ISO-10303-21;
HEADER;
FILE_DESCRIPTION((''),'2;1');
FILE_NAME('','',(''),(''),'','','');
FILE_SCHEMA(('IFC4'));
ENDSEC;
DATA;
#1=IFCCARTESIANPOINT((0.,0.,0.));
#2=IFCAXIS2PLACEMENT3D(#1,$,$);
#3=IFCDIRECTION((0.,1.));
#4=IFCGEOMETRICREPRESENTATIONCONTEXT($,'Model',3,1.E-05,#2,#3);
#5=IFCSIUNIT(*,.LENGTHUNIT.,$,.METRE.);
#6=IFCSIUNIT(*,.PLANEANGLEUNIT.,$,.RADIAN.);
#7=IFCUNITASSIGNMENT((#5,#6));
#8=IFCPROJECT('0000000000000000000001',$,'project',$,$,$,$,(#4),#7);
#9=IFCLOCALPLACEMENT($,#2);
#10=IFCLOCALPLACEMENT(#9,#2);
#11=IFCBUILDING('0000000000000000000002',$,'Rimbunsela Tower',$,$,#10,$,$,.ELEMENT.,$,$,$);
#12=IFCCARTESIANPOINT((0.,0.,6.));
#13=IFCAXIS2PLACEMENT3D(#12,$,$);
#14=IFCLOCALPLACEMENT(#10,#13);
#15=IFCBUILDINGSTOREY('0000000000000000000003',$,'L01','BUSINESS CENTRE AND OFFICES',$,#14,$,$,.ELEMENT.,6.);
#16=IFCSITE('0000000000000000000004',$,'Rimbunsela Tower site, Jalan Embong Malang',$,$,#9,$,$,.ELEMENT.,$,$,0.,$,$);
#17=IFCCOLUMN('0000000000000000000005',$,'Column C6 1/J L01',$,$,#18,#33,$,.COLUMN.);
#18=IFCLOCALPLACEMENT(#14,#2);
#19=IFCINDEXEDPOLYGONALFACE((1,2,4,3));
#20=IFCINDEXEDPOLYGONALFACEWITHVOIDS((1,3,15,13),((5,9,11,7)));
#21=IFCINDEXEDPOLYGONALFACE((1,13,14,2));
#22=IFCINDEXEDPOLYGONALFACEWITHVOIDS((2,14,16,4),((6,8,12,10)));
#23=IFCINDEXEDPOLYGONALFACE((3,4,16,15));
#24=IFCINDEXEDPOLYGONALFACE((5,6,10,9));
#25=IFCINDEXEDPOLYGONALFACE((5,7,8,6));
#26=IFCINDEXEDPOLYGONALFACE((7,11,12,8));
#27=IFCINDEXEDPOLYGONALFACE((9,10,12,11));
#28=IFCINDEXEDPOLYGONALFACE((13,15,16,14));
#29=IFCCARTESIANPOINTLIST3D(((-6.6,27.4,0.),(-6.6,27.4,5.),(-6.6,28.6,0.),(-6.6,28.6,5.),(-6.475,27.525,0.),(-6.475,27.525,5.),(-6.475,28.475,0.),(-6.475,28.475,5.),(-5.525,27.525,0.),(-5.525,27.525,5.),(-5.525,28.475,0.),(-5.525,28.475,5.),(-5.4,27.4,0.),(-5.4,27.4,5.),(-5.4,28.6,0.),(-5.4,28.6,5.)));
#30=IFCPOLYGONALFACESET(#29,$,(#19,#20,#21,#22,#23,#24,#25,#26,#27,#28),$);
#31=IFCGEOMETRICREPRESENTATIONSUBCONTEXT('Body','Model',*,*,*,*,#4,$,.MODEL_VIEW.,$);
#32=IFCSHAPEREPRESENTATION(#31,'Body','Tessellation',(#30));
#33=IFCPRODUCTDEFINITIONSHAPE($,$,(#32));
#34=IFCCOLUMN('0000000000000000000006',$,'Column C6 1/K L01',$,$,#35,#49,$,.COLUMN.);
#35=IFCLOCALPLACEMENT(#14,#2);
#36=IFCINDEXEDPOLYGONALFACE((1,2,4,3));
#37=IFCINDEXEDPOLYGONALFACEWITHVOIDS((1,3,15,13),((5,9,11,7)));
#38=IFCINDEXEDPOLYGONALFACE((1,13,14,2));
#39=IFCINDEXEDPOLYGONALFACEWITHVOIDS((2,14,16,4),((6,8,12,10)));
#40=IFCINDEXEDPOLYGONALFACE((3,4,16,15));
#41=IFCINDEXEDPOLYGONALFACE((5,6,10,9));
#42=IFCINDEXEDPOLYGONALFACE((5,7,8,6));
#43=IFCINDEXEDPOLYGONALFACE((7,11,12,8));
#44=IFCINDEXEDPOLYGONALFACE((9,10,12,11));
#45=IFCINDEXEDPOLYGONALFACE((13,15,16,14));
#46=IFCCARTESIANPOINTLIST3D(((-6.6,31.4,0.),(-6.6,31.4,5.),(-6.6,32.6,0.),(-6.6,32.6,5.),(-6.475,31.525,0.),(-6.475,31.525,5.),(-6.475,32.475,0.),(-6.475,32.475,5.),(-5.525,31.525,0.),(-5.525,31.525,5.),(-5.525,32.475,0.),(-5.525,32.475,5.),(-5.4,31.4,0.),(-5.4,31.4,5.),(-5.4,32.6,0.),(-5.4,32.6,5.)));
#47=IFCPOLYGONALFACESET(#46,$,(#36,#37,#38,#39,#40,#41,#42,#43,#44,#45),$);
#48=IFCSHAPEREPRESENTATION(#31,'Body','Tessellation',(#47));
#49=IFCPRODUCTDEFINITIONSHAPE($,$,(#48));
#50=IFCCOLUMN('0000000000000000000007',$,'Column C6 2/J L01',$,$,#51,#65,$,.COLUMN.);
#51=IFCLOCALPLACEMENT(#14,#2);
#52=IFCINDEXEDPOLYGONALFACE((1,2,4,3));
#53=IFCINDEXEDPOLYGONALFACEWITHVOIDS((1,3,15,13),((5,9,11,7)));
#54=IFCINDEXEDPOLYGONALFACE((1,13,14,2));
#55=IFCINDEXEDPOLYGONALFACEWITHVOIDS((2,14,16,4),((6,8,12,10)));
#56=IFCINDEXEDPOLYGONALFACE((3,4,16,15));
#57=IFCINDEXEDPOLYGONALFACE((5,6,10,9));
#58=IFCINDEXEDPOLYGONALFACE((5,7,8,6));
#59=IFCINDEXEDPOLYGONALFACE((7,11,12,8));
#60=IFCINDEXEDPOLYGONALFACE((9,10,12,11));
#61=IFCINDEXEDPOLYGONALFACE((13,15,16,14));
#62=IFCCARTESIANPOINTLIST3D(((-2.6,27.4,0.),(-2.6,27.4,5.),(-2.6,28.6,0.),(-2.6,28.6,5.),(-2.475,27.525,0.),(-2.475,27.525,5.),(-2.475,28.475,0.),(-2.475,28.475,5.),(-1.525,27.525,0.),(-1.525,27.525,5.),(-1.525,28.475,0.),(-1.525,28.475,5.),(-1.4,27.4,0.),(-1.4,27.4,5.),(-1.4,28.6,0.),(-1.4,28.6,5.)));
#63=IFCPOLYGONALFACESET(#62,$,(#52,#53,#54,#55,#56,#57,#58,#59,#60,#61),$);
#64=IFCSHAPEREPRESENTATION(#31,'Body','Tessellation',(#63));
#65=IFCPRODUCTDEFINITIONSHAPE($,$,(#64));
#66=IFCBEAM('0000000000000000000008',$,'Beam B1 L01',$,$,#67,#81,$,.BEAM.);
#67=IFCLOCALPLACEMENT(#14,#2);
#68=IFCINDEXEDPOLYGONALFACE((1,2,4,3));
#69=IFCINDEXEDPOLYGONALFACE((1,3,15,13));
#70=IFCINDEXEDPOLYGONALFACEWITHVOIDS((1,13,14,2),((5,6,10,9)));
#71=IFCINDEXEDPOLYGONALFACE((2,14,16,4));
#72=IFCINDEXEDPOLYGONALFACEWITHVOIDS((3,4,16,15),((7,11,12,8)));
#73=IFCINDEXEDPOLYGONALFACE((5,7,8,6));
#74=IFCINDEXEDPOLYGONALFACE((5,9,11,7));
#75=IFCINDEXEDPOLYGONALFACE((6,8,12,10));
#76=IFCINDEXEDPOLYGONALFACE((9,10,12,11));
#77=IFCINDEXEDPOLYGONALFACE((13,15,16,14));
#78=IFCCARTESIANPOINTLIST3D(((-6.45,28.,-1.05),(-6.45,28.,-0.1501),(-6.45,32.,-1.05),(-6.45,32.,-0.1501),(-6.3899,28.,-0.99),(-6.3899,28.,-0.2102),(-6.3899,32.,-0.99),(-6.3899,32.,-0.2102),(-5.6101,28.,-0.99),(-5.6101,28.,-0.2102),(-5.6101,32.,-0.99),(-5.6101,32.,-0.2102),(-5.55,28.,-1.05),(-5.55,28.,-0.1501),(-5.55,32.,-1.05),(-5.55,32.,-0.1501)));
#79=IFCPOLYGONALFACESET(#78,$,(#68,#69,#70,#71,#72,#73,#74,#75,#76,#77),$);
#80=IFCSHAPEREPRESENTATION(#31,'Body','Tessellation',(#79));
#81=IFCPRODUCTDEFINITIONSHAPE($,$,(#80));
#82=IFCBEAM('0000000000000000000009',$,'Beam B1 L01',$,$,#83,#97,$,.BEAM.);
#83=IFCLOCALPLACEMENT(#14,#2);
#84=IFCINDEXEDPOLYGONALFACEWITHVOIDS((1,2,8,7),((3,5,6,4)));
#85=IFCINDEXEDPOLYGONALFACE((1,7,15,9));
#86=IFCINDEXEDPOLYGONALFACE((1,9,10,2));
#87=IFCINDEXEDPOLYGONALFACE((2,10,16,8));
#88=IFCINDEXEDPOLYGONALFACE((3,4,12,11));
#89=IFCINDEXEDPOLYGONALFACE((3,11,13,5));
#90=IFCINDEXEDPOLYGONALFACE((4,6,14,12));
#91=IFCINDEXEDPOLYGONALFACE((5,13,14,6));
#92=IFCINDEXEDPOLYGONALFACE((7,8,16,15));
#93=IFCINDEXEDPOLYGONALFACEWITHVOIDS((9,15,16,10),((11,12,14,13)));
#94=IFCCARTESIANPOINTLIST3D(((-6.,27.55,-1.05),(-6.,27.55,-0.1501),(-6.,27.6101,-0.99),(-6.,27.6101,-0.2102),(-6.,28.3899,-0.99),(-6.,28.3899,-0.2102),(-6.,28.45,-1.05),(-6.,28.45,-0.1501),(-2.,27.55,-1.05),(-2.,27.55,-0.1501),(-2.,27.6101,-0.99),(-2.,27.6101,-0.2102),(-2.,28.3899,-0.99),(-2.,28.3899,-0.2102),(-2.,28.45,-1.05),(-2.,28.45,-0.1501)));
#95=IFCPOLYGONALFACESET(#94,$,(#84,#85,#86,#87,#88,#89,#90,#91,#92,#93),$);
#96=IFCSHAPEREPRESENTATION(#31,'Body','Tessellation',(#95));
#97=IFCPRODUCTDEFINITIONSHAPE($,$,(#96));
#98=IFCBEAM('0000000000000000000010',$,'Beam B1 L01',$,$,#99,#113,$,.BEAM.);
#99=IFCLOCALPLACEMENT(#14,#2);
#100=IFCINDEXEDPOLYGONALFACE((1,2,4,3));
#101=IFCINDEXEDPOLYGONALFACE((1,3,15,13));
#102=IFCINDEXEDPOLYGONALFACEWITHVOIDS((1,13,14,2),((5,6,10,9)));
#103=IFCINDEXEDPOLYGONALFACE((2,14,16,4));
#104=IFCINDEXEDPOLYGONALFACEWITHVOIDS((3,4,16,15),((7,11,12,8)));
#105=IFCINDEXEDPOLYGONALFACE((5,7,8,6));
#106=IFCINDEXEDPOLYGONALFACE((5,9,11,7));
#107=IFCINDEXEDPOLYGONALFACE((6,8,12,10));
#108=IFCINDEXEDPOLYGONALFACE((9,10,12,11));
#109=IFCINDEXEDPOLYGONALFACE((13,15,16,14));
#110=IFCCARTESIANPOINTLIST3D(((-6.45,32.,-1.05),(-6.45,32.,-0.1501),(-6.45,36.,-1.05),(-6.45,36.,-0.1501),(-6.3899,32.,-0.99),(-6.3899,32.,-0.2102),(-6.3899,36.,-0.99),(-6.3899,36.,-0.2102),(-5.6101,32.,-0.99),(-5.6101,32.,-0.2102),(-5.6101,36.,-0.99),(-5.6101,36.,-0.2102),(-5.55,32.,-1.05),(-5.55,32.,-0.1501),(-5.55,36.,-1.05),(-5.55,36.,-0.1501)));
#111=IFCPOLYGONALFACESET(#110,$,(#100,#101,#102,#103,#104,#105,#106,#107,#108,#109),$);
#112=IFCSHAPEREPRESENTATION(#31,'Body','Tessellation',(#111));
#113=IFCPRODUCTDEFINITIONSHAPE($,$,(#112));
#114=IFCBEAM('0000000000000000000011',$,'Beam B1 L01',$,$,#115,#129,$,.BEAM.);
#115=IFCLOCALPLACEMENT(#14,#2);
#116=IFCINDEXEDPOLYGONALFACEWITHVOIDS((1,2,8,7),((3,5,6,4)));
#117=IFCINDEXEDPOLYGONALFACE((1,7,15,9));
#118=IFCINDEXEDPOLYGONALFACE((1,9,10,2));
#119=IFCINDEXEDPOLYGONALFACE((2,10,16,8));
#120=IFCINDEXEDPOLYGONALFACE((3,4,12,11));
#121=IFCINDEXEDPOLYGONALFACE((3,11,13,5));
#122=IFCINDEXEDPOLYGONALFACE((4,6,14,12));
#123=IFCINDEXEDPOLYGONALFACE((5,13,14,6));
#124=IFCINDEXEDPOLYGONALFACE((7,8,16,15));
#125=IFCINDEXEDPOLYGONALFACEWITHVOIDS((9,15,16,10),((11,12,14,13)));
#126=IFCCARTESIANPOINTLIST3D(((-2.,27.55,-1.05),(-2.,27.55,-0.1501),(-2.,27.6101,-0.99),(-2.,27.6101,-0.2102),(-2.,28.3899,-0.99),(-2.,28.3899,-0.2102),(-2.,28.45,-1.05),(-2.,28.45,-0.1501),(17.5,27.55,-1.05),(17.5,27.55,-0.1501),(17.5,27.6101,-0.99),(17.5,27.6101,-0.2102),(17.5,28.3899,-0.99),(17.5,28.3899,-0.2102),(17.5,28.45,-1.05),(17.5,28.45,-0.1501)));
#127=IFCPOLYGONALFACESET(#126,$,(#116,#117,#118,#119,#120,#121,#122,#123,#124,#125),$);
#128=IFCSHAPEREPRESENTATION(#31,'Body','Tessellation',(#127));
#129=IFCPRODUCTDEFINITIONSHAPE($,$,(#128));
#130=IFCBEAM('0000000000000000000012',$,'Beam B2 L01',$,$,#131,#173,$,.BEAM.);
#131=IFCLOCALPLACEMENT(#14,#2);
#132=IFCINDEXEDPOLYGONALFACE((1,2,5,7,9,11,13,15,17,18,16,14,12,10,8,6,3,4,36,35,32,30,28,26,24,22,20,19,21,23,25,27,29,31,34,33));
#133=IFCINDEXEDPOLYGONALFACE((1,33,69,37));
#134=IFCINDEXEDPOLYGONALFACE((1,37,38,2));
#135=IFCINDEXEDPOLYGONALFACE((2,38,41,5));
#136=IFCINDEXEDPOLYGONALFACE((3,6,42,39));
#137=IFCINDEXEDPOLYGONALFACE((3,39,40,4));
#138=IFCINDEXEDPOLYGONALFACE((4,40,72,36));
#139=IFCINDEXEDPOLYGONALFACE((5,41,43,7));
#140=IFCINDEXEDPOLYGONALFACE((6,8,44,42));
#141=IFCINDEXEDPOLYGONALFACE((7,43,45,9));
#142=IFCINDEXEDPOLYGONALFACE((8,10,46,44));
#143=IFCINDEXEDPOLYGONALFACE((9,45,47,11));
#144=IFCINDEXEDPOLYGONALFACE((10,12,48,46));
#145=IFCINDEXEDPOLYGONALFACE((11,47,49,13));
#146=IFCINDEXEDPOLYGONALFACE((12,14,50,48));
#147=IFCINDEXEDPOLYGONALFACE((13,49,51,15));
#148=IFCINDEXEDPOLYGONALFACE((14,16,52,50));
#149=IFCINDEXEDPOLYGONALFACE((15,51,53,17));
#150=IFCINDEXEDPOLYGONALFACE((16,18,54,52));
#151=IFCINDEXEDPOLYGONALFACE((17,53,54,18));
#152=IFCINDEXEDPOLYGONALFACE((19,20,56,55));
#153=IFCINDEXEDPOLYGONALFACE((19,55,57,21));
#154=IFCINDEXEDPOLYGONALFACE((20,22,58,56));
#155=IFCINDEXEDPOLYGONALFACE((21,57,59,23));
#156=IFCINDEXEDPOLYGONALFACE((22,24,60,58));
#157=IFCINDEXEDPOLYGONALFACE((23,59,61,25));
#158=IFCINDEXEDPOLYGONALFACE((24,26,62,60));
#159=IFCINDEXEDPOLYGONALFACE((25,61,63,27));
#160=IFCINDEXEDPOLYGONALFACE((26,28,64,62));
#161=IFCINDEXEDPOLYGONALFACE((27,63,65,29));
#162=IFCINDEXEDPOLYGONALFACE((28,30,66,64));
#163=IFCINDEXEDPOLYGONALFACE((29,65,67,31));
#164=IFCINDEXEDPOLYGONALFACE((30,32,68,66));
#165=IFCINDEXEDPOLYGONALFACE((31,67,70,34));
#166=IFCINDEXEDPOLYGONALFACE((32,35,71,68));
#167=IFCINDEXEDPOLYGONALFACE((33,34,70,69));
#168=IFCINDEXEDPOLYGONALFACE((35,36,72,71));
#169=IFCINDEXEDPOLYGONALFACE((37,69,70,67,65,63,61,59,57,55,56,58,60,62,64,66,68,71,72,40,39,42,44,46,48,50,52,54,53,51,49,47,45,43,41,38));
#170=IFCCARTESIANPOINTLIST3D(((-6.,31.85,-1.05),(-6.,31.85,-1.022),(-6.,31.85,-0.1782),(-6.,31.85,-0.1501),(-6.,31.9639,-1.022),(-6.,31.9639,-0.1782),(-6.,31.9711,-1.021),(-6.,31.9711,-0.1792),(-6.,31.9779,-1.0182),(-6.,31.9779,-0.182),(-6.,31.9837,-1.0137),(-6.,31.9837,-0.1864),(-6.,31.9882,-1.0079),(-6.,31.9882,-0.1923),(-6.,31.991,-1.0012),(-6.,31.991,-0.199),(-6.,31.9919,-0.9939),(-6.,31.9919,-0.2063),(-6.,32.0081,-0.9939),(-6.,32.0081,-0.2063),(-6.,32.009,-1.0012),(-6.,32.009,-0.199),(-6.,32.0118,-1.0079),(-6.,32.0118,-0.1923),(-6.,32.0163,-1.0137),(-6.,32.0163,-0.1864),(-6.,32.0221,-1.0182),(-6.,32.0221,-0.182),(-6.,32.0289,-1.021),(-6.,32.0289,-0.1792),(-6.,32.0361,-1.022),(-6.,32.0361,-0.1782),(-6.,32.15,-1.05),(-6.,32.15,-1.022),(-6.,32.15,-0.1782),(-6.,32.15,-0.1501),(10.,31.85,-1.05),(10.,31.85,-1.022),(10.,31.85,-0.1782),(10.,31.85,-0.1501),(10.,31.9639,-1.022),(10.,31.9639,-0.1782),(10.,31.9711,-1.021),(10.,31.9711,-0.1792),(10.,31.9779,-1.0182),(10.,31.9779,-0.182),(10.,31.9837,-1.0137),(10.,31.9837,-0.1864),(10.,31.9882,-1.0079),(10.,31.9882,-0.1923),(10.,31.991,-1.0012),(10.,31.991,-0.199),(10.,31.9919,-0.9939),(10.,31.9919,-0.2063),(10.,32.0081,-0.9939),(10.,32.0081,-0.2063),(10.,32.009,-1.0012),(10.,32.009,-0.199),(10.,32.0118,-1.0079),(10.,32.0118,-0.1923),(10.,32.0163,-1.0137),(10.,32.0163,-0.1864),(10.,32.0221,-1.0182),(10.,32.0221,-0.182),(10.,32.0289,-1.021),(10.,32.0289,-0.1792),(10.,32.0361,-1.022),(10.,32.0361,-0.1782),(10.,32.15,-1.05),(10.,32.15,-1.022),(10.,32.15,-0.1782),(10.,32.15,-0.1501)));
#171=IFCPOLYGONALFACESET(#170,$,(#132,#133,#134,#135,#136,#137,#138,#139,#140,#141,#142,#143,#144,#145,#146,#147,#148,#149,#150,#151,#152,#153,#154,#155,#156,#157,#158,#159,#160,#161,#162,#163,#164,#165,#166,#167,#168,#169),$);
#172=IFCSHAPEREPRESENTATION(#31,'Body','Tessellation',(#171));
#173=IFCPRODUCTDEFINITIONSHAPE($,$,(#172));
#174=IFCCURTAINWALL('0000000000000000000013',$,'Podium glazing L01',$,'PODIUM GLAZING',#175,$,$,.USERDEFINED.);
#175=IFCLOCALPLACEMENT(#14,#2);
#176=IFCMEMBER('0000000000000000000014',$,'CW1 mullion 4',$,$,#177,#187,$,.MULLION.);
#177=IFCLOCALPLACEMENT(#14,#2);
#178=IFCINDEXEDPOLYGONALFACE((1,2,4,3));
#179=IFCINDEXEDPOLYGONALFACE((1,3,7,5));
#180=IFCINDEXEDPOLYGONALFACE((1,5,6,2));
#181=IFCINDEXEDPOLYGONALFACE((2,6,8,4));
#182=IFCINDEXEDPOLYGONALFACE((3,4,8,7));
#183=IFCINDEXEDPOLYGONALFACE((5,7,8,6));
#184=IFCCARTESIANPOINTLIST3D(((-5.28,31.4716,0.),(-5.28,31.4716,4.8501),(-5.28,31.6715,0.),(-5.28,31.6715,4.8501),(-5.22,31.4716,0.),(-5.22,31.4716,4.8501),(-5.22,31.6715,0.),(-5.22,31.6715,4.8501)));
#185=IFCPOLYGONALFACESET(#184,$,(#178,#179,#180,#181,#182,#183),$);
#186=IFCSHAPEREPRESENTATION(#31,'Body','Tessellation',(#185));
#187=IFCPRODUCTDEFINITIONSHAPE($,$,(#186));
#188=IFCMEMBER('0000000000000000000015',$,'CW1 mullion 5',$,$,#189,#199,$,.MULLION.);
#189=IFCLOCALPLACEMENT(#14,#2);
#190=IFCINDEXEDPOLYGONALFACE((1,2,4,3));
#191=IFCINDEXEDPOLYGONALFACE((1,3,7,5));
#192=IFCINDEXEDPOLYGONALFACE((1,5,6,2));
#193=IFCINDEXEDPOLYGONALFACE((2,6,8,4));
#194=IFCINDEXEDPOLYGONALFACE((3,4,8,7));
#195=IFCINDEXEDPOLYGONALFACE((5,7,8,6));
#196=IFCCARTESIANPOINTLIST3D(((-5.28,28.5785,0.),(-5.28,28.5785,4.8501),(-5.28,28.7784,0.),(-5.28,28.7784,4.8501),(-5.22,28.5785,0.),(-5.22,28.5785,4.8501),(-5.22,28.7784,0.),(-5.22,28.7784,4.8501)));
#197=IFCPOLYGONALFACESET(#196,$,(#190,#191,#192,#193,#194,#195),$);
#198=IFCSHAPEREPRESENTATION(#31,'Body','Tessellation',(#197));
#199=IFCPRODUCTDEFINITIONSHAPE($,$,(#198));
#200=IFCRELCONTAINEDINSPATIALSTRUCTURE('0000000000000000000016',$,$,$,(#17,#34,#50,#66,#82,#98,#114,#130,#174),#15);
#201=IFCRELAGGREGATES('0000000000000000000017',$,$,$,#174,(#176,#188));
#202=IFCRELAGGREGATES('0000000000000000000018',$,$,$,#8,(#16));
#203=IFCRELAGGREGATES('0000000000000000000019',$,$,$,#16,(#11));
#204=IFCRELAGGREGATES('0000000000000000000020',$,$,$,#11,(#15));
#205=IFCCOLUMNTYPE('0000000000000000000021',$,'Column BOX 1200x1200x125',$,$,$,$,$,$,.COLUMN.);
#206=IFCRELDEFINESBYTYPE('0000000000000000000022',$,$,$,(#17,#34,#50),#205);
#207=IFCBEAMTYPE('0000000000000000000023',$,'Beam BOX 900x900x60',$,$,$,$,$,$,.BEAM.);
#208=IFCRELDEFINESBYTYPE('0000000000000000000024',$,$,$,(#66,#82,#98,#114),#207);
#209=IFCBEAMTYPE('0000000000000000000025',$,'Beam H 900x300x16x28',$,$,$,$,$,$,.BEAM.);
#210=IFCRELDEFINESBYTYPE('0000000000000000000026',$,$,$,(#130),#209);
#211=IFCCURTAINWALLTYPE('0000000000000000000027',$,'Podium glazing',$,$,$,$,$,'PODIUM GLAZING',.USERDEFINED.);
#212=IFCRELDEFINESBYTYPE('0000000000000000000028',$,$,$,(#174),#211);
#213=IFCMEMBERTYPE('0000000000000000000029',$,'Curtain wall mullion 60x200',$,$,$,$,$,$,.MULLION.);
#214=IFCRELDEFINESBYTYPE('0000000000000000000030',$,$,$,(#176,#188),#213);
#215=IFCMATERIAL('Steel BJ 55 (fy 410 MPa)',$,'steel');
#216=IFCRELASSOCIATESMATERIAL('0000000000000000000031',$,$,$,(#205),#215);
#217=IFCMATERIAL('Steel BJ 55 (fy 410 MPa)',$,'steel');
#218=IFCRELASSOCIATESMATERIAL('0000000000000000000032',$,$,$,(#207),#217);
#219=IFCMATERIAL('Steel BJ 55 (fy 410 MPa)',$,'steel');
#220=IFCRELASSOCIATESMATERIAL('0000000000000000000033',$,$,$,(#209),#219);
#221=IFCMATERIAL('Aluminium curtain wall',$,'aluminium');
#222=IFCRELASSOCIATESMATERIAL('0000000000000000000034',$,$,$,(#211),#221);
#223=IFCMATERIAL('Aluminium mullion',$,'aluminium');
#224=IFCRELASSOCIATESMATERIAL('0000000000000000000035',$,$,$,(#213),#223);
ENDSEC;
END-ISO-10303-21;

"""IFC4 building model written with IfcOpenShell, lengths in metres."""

from ifc_helpers import new_model, si_unit, direction, frame, origin, origin_2d, place, context, subcontext, project, spatial, rectangle, hollow_rectangle, i_section, extrude, material, material_profile, profile_set, type_object, element, aggregate, save


model = new_model("IFC4")

# Units and contexts
model_context = context("Model", 3, precision=1e-05, world=origin(), true_north=direction((0.0, 1.0)))
body_context = subcontext(model_context, "Body", "Model", "MODEL_VIEW")
ifc_project = project(units=[si_unit("LENGTHUNIT", "METRE"), si_unit("PLANEANGLEUNIT", "RADIAN")], contexts=[model_context])

# Site, building, storey
site_placement = place(None, origin())
site = spatial("IfcSite", under=ifc_project, at=site_placement, Name="Rimbunsela Tower site, Jalan Embong Malang", CompositionType="ELEMENT", RefElevation=0.0)
building_placement = place(site_placement, origin())
building = spatial("IfcBuilding", under=site, at=building_placement, Name="Rimbunsela Tower", CompositionType="ELEMENT")
storey_placement = place(building_placement, frame((0.0, 0.0, 6.0)))
storey = spatial("IfcBuildingStorey", under=building, at=storey_placement, Name="L01", Description="BUSINESS CENTRE AND OFFICES", CompositionType="ELEMENT", Elevation=6.0)

# Columns
ifc_material_1 = material(Name="Steel BJ 55 (fy 410 MPa)", Category="steel")
ifc_material_profile_1 = material_profile(ifc_material_1, hollow_rectangle(XDim=1.2, YDim=1.2, WallThickness=0.125, at=origin_2d()), Name="BOX 1200x1200x125")
ifc_profile_set_1 = profile_set([ifc_material_profile_1], Name="Steel BJ 55 (fy 410 MPa)")
column_type = type_object("IfcColumnType", Name="Column BOX 1200x1200x125", PredefinedType="COLUMN", material=ifc_profile_set_1)
for number, where, z_axis, x_axis, name in (
    (1, (-6.0, 28.0, 0.0), (0.0, 0.0, 1.0), (1.0, 0.0, 0.0), "Column C6 1/J L01"),
    (2, (-6.0, 32.0, 0.0), (0.0, 0.0, 1.0), (1.0, 0.0, 0.0), "Column C6 1/K L01"),
    (3, (-2.0, 28.0, 0.0), (0.0, 0.0, 1.0), (1.0, 0.0, 0.0), "Column C6 2/J L01"),
):
    element("IfcColumn", number, at=place(storey_placement, frame(where, z_axis=z_axis, x_axis=x_axis)), inside=storey, type_object=column_type, Name=name, PredefinedType="COLUMN", context=body_context, shape_type="SweptSolid", body=[
        extrude(hollow_rectangle(XDim=1.2, YDim=1.2, WallThickness=0.125, at=origin_2d()), origin(), (0.0, 0.0, 1.0), 5.0),
    ])

# Beams
ifc_material_2 = material(Name="Steel BJ 55 (fy 410 MPa)", Category="steel")
ifc_material_profile_2 = material_profile(ifc_material_2, hollow_rectangle(XDim=0.8999, YDim=0.8999, WallThickness=0.0601, at=origin_2d()), Name="BOX 900x900x60")
ifc_profile_set_2 = profile_set([ifc_material_profile_2], Name="Steel BJ 55 (fy 410 MPa)")
beam_type_1 = type_object("IfcBeamType", Name="Beam BOX 900x900x60", PredefinedType="BEAM", material=ifc_profile_set_2)
for number, where, z_axis, x_axis, name in (
    (4, (-6.0, 28.0, -0.6001), (0.0, 1.0, 0.0), (-1.0, 0.0, 0.0), "Beam B1 L01"),
    (5, (-6.0, 28.0, -0.6001), (1.0, 0.0, 0.0), (0.0, 1.0, 0.0), "Beam B1 L01"),
    (6, (-6.0, 32.0, -0.6001), (0.0, 1.0, 0.0), (-1.0, 0.0, 0.0), "Beam B1 L01"),
):
    element("IfcBeam", number, at=place(storey_placement, frame(where, z_axis=z_axis, x_axis=x_axis)), inside=storey, type_object=beam_type_1, Name=name, PredefinedType="BEAM", context=body_context, shape_type="SweptSolid", body=[
        extrude(hollow_rectangle(XDim=0.8999, YDim=0.8999, WallThickness=0.0601, at=origin_2d()), origin(), (0.0, 0.0, 1.0), 4.0),
    ])
beam_1_placement = place(storey_placement, frame((-2.0, 28.0, -0.6001), z_axis=(1.0, 0.0, 0.0), x_axis=(0.0, 1.0, 0.0)))
element("IfcBeam", 7, at=beam_1_placement, inside=storey, type_object=beam_type_1, Name="Beam B1 L01", PredefinedType="BEAM", context=body_context, shape_type="SweptSolid", body=[
    extrude(hollow_rectangle(XDim=0.8999, YDim=0.8999, WallThickness=0.0601, at=origin_2d()), origin(), (0.0, 0.0, 1.0), 19.5),
])
ifc_material_3 = material(Name="Steel BJ 55 (fy 410 MPa)", Category="steel")
ifc_material_profile_3 = material_profile(ifc_material_3, i_section(OverallWidth=0.3, OverallDepth=0.8999, WebThickness=0.0161, FlangeThickness=0.0281, FilletRadius=0.0281, at=origin_2d()), Name="H 900x300x16x28")
ifc_profile_set_3 = profile_set([ifc_material_profile_3], Name="Steel BJ 55 (fy 410 MPa)")
beam_type_2 = type_object("IfcBeamType", Name="Beam H 900x300x16x28", PredefinedType="BEAM", material=ifc_profile_set_3)
beam_2_placement = place(storey_placement, frame((-6.0, 32.0, -0.6001), z_axis=(1.0, 0.0, 0.0), x_axis=(0.0, 1.0, 0.0)))
element("IfcBeam", 8, at=beam_2_placement, inside=storey, type_object=beam_type_2, Name="Beam B2 L01", PredefinedType="BEAM", context=body_context, shape_type="SweptSolid", body=[
    extrude(i_section(OverallWidth=0.3, OverallDepth=0.8999, WebThickness=0.0161, FlangeThickness=0.0281, FilletRadius=0.0281, at=origin_2d()), origin(), (0.0, 0.0, 1.0), 16.0),
])

# Curtain wall, members
ifc_material_4 = material(Name="Aluminium curtain wall", Category="aluminium")
curtain_wall_type = type_object("IfcCurtainWallType", Name="Podium glazing", ElementType="PODIUM GLAZING", PredefinedType="USERDEFINED", material=ifc_material_4)
curtain_wall_placement = place(storey_placement, origin())
curtain_wall = element("IfcCurtainWall", 9, at=curtain_wall_placement, inside=storey, type_object=curtain_wall_type, Name="Podium glazing L01", ObjectType="PODIUM GLAZING", PredefinedType="USERDEFINED")
ifc_material_5 = material(Name="Aluminium mullion", Category="aluminium")
ifc_material_profile_4 = material_profile(ifc_material_5, rectangle(XDim=0.0601, YDim=0.2, at=origin_2d()), Name="Mullion 60x200")
ifc_profile_set_4 = profile_set([ifc_material_profile_4], Name="Aluminium mullion")
member_type_1 = type_object("IfcMemberType", Name="Curtain wall mullion 60x200", PredefinedType="MULLION", material=ifc_profile_set_4)
member_1_placement = place(storey_placement, frame((-5.25, 31.5715, 0.0), z_axis=(0.0, 0.0, 1.0), x_axis=(1.0, 0.0, 0.0)))
member_1 = element("IfcMember", 10, at=member_1_placement, type_object=member_type_1, Name="CW1 mullion 4", PredefinedType="MULLION", context=body_context, shape_type="SweptSolid", body=[
    extrude(rectangle(XDim=0.0601, YDim=0.2, at=origin_2d()), origin(), (0.0, 0.0, 1.0), 4.8501),
])
member_2_placement = place(storey_placement, frame((-5.25, 28.6785, 0.0), z_axis=(0.0, 0.0, 1.0), x_axis=(1.0, 0.0, 0.0)))
member_2 = element("IfcMember", 11, at=member_2_placement, type_object=member_type_1, Name="CW1 mullion 5", PredefinedType="MULLION", context=body_context, shape_type="SweptSolid", body=[
    extrude(rectangle(XDim=0.0601, YDim=0.2, at=origin_2d()), origin(), (0.0, 0.0, 1.0), 4.8501),
])
aggregate(curtain_wall, [member_1, member_2])

save(model, "model.ifc")
